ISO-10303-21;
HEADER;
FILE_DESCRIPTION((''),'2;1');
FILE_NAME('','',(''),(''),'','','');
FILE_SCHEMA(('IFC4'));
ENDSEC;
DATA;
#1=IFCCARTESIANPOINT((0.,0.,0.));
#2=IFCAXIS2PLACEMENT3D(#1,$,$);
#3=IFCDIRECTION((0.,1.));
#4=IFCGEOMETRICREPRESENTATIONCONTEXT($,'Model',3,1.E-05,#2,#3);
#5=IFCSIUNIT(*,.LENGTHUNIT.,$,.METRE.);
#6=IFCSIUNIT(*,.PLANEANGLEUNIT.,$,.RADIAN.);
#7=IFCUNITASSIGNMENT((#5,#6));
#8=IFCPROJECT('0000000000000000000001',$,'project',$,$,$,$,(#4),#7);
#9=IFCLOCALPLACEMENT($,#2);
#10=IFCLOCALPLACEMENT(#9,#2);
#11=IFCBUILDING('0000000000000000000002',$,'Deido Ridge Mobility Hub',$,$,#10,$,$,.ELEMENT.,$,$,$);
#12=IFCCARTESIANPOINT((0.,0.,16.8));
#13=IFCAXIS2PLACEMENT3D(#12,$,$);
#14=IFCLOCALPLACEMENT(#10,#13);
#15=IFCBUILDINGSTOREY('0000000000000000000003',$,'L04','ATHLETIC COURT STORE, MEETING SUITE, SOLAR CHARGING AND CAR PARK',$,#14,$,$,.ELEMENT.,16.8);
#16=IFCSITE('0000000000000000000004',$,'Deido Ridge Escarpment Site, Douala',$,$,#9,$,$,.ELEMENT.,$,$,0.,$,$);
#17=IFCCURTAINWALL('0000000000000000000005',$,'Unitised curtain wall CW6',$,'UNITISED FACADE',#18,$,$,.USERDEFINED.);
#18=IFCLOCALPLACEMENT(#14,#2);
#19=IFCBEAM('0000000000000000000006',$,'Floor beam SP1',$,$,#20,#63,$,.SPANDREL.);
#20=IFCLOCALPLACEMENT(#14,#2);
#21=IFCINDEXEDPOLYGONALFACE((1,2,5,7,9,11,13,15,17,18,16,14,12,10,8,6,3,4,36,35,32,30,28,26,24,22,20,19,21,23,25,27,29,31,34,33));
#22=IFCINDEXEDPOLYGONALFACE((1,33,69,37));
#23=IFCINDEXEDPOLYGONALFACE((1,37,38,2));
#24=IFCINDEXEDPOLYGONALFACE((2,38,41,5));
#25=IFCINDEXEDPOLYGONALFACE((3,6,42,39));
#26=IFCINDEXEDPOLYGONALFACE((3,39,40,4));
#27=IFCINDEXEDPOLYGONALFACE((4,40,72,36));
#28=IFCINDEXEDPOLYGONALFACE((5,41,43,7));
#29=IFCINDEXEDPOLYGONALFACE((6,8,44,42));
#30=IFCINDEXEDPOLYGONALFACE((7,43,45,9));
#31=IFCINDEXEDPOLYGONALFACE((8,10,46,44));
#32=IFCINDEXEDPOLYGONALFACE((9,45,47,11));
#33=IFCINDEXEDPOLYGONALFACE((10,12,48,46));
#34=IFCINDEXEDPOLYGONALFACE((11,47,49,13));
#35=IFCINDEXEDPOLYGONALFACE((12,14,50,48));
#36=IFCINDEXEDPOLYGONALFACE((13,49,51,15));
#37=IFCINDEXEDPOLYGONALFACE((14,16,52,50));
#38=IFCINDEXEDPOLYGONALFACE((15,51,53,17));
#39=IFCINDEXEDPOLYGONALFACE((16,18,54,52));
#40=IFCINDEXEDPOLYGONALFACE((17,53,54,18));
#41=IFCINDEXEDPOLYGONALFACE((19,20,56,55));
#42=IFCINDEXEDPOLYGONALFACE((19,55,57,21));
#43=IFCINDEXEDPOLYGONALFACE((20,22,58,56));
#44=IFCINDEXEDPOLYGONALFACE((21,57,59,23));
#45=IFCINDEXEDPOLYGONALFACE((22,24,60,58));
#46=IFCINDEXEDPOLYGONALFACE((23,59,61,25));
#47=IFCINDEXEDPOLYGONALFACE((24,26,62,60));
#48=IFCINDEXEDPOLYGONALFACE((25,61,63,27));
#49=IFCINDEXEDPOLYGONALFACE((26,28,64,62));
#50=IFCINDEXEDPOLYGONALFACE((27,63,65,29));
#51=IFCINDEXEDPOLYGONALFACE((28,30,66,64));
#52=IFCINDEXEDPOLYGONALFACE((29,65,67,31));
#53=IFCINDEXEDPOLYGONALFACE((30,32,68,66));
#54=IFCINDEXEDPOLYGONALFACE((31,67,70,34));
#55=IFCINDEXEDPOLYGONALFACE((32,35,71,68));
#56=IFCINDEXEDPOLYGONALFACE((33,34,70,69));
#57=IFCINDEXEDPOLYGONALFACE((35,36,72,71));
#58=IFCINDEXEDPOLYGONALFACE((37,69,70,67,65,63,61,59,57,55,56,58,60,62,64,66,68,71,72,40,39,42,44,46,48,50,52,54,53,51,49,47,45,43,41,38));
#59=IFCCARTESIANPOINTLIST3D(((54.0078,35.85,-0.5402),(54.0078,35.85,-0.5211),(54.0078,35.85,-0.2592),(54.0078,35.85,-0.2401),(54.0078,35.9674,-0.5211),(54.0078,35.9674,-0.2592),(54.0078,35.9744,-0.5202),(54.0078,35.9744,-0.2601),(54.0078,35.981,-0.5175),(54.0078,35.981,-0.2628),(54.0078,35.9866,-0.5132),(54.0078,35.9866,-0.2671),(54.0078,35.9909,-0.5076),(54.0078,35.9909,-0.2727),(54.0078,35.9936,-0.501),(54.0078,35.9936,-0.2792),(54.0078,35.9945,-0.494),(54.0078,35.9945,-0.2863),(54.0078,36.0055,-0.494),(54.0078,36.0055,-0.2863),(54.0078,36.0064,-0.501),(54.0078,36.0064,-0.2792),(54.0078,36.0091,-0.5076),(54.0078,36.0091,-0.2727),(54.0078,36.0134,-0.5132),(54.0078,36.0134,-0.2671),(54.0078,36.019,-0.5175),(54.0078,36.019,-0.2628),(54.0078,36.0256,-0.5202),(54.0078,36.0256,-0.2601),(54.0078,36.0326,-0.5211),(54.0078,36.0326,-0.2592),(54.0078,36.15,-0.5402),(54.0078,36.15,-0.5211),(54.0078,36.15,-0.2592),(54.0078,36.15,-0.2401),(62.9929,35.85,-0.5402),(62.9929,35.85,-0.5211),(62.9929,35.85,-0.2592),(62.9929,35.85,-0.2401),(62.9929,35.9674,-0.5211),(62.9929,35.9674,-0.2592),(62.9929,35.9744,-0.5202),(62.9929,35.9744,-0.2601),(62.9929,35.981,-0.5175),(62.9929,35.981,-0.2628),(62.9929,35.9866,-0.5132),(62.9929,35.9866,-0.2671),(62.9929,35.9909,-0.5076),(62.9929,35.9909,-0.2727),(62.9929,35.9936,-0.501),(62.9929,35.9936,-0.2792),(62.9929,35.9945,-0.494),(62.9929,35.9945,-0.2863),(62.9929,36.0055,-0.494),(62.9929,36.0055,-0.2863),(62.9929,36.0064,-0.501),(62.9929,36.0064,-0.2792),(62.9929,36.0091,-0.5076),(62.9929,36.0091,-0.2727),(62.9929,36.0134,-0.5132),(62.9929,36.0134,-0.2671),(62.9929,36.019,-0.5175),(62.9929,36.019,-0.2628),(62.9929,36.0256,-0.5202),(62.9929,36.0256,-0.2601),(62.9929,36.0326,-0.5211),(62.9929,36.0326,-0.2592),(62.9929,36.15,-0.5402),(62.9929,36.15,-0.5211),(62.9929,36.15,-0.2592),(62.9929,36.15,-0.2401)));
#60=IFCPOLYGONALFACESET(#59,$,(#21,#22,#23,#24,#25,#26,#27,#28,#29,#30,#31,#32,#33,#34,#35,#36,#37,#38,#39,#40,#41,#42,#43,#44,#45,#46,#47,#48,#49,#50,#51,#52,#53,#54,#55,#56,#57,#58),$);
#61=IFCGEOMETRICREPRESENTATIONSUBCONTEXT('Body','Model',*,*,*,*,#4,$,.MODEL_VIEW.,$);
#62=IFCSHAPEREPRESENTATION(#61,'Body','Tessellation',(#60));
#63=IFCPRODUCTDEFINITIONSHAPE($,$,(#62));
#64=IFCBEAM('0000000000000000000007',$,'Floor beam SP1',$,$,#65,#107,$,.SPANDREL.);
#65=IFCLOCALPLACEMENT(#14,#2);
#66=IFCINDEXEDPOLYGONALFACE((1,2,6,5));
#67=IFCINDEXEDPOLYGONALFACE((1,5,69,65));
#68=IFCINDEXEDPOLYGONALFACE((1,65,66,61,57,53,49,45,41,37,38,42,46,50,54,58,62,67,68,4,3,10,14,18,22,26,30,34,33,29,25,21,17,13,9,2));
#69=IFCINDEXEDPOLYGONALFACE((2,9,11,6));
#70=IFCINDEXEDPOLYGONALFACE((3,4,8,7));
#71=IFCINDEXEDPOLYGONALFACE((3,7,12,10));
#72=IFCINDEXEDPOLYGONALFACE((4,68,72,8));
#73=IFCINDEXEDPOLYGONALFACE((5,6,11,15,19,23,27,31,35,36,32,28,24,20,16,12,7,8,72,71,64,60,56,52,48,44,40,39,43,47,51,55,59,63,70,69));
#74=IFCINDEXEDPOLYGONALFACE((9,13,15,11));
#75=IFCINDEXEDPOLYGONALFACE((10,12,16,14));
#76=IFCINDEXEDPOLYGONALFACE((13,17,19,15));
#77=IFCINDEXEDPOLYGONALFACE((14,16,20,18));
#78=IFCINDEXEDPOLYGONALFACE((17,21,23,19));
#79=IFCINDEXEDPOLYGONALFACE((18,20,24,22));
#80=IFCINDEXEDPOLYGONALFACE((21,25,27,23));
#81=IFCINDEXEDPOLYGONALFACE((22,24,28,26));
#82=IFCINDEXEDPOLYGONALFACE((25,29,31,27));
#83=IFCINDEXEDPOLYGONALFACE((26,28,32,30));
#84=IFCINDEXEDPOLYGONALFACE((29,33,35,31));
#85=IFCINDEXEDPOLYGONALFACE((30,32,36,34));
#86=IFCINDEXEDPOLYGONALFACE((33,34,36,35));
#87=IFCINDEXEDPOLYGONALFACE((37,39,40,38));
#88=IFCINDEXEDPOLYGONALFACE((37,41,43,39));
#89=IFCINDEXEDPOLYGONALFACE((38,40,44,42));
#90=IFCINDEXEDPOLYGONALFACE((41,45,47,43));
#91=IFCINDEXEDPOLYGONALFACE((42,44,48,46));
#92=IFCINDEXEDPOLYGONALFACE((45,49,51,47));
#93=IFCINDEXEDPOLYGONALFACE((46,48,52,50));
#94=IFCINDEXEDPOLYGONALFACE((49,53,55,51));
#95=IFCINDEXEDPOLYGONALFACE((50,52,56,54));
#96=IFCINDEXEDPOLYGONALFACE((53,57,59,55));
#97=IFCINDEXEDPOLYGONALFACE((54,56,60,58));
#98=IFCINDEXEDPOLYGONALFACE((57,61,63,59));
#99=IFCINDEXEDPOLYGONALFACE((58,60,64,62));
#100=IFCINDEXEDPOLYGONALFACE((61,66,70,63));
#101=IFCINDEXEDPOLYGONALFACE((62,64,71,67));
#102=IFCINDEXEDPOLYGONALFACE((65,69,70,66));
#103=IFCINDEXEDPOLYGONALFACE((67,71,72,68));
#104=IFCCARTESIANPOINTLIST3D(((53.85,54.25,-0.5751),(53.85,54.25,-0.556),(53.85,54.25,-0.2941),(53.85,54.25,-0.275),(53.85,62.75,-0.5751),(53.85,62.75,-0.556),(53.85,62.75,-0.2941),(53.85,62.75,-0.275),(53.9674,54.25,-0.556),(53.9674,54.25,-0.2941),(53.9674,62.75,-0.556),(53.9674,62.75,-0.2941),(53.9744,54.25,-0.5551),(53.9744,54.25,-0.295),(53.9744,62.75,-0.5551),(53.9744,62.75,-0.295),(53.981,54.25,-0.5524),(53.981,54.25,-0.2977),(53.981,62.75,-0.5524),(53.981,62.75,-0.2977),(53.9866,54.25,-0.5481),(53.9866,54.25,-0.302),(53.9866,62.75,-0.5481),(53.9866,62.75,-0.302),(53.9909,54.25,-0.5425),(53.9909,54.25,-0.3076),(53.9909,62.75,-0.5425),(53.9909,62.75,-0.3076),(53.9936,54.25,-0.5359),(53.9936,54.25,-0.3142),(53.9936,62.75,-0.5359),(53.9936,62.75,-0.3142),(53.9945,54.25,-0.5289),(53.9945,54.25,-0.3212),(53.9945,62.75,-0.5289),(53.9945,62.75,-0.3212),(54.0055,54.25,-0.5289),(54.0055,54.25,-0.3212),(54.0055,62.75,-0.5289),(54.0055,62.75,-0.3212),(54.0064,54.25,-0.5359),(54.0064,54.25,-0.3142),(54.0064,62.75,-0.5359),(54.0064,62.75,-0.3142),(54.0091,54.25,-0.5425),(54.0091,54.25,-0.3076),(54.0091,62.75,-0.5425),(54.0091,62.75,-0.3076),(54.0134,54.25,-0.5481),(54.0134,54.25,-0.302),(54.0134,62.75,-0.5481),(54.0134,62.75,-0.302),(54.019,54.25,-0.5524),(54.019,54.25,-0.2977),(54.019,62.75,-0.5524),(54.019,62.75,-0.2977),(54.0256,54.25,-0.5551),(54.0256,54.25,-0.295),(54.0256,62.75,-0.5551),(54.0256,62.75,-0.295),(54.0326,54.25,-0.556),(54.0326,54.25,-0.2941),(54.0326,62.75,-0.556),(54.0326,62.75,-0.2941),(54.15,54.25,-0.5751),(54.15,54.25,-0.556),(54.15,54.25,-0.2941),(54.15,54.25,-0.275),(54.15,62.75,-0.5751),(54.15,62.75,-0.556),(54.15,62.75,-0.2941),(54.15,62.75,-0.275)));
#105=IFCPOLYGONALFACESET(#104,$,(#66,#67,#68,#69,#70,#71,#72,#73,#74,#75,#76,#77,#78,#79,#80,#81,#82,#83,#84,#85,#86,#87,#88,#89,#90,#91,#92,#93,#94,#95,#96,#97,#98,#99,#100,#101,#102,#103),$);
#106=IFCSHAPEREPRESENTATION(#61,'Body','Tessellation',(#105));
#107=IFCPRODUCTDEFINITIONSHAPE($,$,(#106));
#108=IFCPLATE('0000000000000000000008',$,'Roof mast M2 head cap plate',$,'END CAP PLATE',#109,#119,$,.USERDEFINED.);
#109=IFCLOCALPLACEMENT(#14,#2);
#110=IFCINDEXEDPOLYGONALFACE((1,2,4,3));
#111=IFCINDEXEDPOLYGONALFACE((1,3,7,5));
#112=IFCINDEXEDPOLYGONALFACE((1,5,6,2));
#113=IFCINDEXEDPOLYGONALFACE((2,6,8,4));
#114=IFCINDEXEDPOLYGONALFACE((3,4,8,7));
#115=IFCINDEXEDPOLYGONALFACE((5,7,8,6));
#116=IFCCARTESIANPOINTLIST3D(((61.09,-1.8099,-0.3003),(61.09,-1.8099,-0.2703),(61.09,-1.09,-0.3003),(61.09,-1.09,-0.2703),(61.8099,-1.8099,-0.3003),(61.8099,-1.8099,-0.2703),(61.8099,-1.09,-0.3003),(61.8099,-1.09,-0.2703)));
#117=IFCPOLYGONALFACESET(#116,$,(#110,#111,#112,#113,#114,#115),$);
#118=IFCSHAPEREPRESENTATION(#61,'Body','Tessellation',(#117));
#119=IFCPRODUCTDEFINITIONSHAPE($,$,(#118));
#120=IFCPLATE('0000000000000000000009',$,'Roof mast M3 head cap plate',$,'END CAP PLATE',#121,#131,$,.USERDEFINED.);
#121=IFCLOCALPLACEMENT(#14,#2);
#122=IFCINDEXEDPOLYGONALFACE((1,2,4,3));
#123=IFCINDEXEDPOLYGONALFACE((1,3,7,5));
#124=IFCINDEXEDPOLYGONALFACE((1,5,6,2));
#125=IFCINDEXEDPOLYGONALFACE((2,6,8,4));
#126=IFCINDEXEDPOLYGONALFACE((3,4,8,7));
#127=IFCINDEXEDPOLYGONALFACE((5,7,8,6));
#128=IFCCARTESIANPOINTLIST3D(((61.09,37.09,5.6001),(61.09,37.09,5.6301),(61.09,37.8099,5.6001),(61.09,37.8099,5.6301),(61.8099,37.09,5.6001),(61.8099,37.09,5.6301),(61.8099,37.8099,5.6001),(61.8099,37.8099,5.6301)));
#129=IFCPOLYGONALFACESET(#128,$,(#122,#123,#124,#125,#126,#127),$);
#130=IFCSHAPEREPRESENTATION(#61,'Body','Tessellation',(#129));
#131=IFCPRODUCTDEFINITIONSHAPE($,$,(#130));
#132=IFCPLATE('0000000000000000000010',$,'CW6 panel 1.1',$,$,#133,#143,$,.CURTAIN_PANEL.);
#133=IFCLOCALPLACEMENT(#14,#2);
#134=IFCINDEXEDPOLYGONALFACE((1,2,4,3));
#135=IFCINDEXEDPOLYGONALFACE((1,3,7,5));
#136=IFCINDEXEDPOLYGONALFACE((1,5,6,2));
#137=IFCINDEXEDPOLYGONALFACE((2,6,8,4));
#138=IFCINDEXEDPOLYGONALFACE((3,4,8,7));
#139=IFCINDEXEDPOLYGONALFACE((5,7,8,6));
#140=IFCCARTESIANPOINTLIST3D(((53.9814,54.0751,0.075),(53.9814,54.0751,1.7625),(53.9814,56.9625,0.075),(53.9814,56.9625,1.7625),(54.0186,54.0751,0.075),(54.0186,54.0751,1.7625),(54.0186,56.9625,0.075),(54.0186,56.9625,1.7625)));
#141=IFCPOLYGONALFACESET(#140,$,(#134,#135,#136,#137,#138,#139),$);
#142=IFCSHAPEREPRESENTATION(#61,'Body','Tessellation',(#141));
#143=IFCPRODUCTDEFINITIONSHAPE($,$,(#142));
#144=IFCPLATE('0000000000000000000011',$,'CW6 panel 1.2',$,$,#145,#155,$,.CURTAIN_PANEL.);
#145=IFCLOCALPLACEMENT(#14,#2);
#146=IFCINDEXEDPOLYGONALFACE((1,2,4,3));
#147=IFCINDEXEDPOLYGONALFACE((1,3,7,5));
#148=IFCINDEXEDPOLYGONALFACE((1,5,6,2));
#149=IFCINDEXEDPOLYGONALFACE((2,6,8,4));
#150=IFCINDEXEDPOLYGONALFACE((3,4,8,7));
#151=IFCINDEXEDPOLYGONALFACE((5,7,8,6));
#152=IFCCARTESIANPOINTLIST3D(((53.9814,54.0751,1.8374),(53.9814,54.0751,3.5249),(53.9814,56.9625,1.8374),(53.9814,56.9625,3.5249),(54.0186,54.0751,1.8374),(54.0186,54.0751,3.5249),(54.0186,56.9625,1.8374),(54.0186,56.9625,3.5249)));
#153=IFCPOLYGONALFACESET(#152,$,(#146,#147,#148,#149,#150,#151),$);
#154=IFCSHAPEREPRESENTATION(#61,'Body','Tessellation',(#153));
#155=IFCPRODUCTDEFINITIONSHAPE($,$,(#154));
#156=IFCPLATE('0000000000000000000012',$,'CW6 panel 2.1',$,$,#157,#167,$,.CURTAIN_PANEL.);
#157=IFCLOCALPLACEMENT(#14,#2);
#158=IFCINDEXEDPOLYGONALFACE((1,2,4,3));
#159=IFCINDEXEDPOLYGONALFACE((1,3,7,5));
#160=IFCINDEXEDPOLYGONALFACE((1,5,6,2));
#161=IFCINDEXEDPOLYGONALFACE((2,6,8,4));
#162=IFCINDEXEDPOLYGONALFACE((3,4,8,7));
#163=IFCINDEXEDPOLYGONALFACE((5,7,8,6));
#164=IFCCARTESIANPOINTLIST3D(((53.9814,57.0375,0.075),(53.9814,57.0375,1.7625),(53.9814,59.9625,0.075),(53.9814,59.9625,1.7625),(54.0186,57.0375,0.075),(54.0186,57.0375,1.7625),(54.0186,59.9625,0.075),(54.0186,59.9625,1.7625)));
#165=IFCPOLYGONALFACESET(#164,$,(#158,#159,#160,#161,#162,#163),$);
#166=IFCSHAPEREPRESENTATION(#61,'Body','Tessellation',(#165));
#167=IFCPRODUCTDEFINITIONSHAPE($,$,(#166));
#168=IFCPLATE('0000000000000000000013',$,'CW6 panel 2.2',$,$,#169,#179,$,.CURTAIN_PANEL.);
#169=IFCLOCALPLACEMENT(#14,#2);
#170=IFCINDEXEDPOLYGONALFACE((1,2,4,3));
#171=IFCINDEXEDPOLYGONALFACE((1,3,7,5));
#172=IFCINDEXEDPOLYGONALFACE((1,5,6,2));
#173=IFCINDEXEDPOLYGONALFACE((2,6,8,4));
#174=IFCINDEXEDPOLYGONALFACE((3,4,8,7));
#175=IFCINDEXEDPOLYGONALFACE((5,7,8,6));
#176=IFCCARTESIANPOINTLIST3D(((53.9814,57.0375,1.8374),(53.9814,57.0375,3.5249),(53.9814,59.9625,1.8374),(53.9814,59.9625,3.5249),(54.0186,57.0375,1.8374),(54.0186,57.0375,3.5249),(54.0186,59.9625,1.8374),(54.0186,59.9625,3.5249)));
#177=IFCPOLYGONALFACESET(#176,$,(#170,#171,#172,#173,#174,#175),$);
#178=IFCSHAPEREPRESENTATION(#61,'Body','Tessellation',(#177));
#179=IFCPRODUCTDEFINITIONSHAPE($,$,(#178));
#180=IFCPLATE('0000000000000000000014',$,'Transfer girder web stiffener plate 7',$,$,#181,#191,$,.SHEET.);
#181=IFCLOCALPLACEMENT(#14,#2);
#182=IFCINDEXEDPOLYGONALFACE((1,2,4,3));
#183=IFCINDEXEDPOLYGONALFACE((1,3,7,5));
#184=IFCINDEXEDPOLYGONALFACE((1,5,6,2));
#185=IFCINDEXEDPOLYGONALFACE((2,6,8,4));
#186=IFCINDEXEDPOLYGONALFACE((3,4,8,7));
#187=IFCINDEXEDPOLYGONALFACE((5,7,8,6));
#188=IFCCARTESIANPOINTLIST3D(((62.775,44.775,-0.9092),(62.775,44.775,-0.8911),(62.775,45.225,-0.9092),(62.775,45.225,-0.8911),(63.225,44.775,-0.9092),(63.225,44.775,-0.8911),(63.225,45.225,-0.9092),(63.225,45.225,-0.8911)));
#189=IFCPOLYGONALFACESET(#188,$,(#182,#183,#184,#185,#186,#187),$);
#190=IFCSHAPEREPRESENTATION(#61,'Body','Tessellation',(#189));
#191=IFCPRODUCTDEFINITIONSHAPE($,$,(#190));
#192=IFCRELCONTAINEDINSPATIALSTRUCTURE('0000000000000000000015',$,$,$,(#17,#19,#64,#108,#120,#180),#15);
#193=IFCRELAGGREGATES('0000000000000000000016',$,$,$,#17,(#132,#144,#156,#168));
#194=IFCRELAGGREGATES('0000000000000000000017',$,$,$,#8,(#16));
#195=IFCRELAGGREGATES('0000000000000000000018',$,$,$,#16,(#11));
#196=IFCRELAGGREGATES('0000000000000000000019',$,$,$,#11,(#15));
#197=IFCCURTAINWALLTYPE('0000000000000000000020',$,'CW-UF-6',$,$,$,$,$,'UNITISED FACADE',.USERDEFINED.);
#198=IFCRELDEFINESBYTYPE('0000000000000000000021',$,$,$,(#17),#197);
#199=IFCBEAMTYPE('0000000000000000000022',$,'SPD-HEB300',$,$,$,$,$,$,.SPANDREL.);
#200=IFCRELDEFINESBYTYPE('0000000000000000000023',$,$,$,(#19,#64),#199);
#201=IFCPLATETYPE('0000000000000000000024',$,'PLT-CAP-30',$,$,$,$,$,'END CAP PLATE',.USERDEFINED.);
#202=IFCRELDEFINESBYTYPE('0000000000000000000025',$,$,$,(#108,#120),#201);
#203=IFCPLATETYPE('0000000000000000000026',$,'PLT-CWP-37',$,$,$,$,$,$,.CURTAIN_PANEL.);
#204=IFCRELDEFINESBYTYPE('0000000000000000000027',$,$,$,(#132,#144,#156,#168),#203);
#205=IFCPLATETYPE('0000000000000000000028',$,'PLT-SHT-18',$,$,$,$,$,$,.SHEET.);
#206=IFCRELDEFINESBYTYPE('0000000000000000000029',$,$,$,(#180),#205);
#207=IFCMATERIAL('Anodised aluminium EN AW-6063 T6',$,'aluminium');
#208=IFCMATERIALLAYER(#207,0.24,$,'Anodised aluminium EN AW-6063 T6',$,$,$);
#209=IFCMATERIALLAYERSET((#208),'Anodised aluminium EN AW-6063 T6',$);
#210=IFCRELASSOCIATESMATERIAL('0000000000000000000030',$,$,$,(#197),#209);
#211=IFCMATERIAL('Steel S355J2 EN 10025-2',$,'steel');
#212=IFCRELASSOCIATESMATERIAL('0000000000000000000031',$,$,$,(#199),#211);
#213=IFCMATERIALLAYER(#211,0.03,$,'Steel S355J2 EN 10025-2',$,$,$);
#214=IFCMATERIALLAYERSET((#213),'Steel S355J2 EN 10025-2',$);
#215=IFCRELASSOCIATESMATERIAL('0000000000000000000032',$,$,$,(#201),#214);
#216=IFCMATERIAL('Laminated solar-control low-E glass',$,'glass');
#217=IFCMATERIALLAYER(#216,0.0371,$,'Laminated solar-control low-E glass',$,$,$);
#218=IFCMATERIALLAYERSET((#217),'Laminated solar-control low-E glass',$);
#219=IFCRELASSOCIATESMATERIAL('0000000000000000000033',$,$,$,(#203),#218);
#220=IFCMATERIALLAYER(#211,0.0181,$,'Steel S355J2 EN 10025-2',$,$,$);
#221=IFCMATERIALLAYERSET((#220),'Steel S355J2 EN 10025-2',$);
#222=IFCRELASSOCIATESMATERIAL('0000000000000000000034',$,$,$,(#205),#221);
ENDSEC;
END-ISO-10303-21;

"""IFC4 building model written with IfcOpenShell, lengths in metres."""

from ifc_helpers import new_model, si_unit, direction, frame, origin, origin_2d, place, context, subcontext, project, spatial, rectangle, i_section, extrude, material, layer, layer_set, material_profile, profile_set, type_object, element, aggregate, save


model = new_model("IFC4")

# Units and contexts
model_context = context("Model", 3, precision=1e-05, world=origin(), true_north=direction((0.0, 1.0)))
body_context = subcontext(model_context, "Body", "Model", "MODEL_VIEW")
ifc_project = project(units=[si_unit("LENGTHUNIT", "METRE"), si_unit("PLANEANGLEUNIT", "RADIAN")], contexts=[model_context])

# Site, building, storey
site_placement = place(None, origin())
site = spatial("IfcSite", under=ifc_project, at=site_placement, Name="Deido Ridge Escarpment Site, Douala", CompositionType="ELEMENT", RefElevation=0.0)
building_placement = place(site_placement, origin())
building = spatial("IfcBuilding", under=site, at=building_placement, Name="Deido Ridge Mobility Hub", CompositionType="ELEMENT")
storey_placement = place(building_placement, frame((0.0, 0.0, 16.8)))
storey = spatial("IfcBuildingStorey", under=building, at=storey_placement, Name="L04", Description="ATHLETIC COURT STORE, MEETING SUITE, SOLAR CHARGING AND CAR PARK", CompositionType="ELEMENT", Elevation=16.8)

# Shared definitions
ifc_material_1 = material(Name="Steel S355J2 EN 10025-2", Category="steel")

# Curtain wall
ifc_material_2 = material(Name="Anodised aluminium EN AW-6063 T6", Category="aluminium")
ifc_layer_1 = layer(ifc_material_2, 0.24, Name="Anodised aluminium EN AW-6063 T6")
ifc_layer_set_1 = layer_set([ifc_layer_1], Name="Anodised aluminium EN AW-6063 T6")
curtain_wall_type = type_object("IfcCurtainWallType", Name="CW-UF-6", ElementType="UNITISED FACADE", PredefinedType="USERDEFINED", material=ifc_layer_set_1)
curtain_wall_placement = place(storey_placement, origin())
curtain_wall = element("IfcCurtainWall", 1, at=curtain_wall_placement, inside=storey, type_object=curtain_wall_type, Name="Unitised curtain wall CW6", ObjectType="UNITISED FACADE", PredefinedType="USERDEFINED")

# Beams
ifc_material_profile_1 = material_profile(ifc_material_1, i_section(OverallWidth=0.3, OverallDepth=0.3, WebThickness=0.011, FlangeThickness=0.019, FilletRadius=0.0271, at=origin_2d()), Name="HEB 300")
ifc_profile_set_1 = profile_set([ifc_material_profile_1], Name="Steel S355J2 EN 10025-2")
beam_type_1 = type_object("IfcBeamType", Name="SPD-HEB300", PredefinedType="SPANDREL", material=ifc_profile_set_1)
beam_1_placement = place(storey_placement, frame((54.0078, 36.0, -0.3901), z_axis=(1.0, 0.0, 0.0), x_axis=(0.0, 1.0, 0.0)))
element("IfcBeam", 2, at=beam_1_placement, inside=storey, type_object=beam_type_1, Name="Floor beam SP1", PredefinedType="SPANDREL", context=body_context, shape_type="SweptSolid", body=[
    extrude(i_section(OverallWidth=0.3, OverallDepth=0.3, WebThickness=0.011, FlangeThickness=0.019, FilletRadius=0.0271, at=origin_2d()), origin(), (0.0, 0.0, 1.0), 8.9851),
])
beam_2_placement = place(storey_placement, frame((54.0, 54.25, -0.425), z_axis=(0.0, 1.0, 0.0), x_axis=(-1.0, 0.0, 0.0)))
element("IfcBeam", 3, at=beam_2_placement, inside=storey, type_object=beam_type_1, Name="Floor beam SP1", PredefinedType="SPANDREL", context=body_context, shape_type="SweptSolid", body=[
    extrude(i_section(OverallWidth=0.3, OverallDepth=0.3, WebThickness=0.011, FlangeThickness=0.019, FilletRadius=0.0271, at=origin_2d()), origin(), (0.0, 0.0, 1.0), 8.5),
])

# Plates
ifc_layer_2 = layer(ifc_material_1, 0.03, Name="Steel S355J2 EN 10025-2")
ifc_layer_set_2 = layer_set([ifc_layer_2], Name="Steel S355J2 EN 10025-2")
plate_type_1 = type_object("IfcPlateType", Name="PLT-CAP-30", ElementType="END CAP PLATE", PredefinedType="USERDEFINED", material=ifc_layer_set_2)
for number, where, z_axis, x_axis, name in (
    (4, (61.45, -1.45, -0.3003), (0.0, 0.0, 1.0), (1.0, 0.0, 0.0), "Roof mast M2 head cap plate"),
    (5, (61.45, 37.45, 5.6001), (0.0, 0.0, 1.0), (1.0, 0.0, 0.0), "Roof mast M3 head cap plate"),
):
    element("IfcPlate", number, at=place(storey_placement, frame(where, z_axis=z_axis, x_axis=x_axis)), inside=storey, type_object=plate_type_1, Name=name, ObjectType="END CAP PLATE", PredefinedType="USERDEFINED", context=body_context, shape_type="SweptSolid", body=[
        extrude(rectangle(XDim=0.72, YDim=0.72, at=origin_2d()), origin(), (0.0, 0.0, 1.0), 0.03),
    ])

# Plates
ifc_material_3 = material(Name="Laminated solar-control low-E glass", Category="glass")
ifc_layer_3 = layer(ifc_material_3, 0.0371, Name="Laminated solar-control low-E glass")
ifc_layer_set_3 = layer_set([ifc_layer_3], Name="Laminated solar-control low-E glass")
plate_type_2 = type_object("IfcPlateType", Name="PLT-CWP-37", PredefinedType="CURTAIN_PANEL", material=ifc_layer_set_3)
plate_1_placement = place(storey_placement, frame((54.0, 55.5188, 0.075), z_axis=(0.0, 0.0, 1.0), x_axis=(0.0, 1.0, 0.0)))
plate_1 = element("IfcPlate", 6, at=plate_1_placement, type_object=plate_type_2, Name="CW6 panel 1.1", PredefinedType="CURTAIN_PANEL", context=body_context, shape_type="SweptSolid", body=[
    extrude(rectangle(XDim=2.8875, YDim=0.0371, at=origin_2d()), origin(), (0.0, 0.0, 1.0), 1.6875),
])
plate_2_placement = place(storey_placement, frame((54.0, 55.5188, 1.8374), z_axis=(0.0, 0.0, 1.0), x_axis=(0.0, 1.0, 0.0)))
plate_2 = element("IfcPlate", 7, at=plate_2_placement, type_object=plate_type_2, Name="CW6 panel 1.2", PredefinedType="CURTAIN_PANEL", context=body_context, shape_type="SweptSolid", body=[
    extrude(rectangle(XDim=2.8875, YDim=0.0371, at=origin_2d()), origin(), (0.0, 0.0, 1.0), 1.6875),
])
plate_3_placement = place(storey_placement, frame((54.0, 58.5, 0.075), z_axis=(0.0, 0.0, 1.0), x_axis=(0.0, 1.0, 0.0)))
plate_3 = element("IfcPlate", 8, at=plate_3_placement, type_object=plate_type_2, Name="CW6 panel 2.1", PredefinedType="CURTAIN_PANEL", context=body_context, shape_type="SweptSolid", body=[
    extrude(rectangle(XDim=2.925, YDim=0.0371, at=origin_2d()), origin(), (0.0, 0.0, 1.0), 1.6875),
])
plate_4_placement = place(storey_placement, frame((54.0, 58.5, 1.8374), z_axis=(0.0, 0.0, 1.0), x_axis=(0.0, 1.0, 0.0)))
plate_4 = element("IfcPlate", 9, at=plate_4_placement, type_object=plate_type_2, Name="CW6 panel 2.2", PredefinedType="CURTAIN_PANEL", context=body_context, shape_type="SweptSolid", body=[
    extrude(rectangle(XDim=2.925, YDim=0.0371, at=origin_2d()), origin(), (0.0, 0.0, 1.0), 1.6875),
])
aggregate(curtain_wall, [plate_1, plate_2, plate_3, plate_4])
ifc_layer_4 = layer(ifc_material_1, 0.0181, Name="Steel S355J2 EN 10025-2")
ifc_layer_set_4 = layer_set([ifc_layer_4], Name="Steel S355J2 EN 10025-2")
plate_type_3 = type_object("IfcPlateType", Name="PLT-SHT-18", PredefinedType="SHEET", material=ifc_layer_set_4)
plate_5_placement = place(storey_placement, frame((63.0, 45.0, -0.9092), z_axis=(0.0, 0.0, 1.0), x_axis=(1.0, 0.0, 0.0)))
element("IfcPlate", 10, at=plate_5_placement, inside=storey, type_object=plate_type_3, Name="Transfer girder web stiffener plate 7", PredefinedType="SHEET", context=body_context, shape_type="SweptSolid", body=[
    extrude(rectangle(XDim=0.45, YDim=0.45, at=origin_2d()), origin(), (0.0, 0.0, 1.0), 0.0181),
])

save(model, "model.ifc")
